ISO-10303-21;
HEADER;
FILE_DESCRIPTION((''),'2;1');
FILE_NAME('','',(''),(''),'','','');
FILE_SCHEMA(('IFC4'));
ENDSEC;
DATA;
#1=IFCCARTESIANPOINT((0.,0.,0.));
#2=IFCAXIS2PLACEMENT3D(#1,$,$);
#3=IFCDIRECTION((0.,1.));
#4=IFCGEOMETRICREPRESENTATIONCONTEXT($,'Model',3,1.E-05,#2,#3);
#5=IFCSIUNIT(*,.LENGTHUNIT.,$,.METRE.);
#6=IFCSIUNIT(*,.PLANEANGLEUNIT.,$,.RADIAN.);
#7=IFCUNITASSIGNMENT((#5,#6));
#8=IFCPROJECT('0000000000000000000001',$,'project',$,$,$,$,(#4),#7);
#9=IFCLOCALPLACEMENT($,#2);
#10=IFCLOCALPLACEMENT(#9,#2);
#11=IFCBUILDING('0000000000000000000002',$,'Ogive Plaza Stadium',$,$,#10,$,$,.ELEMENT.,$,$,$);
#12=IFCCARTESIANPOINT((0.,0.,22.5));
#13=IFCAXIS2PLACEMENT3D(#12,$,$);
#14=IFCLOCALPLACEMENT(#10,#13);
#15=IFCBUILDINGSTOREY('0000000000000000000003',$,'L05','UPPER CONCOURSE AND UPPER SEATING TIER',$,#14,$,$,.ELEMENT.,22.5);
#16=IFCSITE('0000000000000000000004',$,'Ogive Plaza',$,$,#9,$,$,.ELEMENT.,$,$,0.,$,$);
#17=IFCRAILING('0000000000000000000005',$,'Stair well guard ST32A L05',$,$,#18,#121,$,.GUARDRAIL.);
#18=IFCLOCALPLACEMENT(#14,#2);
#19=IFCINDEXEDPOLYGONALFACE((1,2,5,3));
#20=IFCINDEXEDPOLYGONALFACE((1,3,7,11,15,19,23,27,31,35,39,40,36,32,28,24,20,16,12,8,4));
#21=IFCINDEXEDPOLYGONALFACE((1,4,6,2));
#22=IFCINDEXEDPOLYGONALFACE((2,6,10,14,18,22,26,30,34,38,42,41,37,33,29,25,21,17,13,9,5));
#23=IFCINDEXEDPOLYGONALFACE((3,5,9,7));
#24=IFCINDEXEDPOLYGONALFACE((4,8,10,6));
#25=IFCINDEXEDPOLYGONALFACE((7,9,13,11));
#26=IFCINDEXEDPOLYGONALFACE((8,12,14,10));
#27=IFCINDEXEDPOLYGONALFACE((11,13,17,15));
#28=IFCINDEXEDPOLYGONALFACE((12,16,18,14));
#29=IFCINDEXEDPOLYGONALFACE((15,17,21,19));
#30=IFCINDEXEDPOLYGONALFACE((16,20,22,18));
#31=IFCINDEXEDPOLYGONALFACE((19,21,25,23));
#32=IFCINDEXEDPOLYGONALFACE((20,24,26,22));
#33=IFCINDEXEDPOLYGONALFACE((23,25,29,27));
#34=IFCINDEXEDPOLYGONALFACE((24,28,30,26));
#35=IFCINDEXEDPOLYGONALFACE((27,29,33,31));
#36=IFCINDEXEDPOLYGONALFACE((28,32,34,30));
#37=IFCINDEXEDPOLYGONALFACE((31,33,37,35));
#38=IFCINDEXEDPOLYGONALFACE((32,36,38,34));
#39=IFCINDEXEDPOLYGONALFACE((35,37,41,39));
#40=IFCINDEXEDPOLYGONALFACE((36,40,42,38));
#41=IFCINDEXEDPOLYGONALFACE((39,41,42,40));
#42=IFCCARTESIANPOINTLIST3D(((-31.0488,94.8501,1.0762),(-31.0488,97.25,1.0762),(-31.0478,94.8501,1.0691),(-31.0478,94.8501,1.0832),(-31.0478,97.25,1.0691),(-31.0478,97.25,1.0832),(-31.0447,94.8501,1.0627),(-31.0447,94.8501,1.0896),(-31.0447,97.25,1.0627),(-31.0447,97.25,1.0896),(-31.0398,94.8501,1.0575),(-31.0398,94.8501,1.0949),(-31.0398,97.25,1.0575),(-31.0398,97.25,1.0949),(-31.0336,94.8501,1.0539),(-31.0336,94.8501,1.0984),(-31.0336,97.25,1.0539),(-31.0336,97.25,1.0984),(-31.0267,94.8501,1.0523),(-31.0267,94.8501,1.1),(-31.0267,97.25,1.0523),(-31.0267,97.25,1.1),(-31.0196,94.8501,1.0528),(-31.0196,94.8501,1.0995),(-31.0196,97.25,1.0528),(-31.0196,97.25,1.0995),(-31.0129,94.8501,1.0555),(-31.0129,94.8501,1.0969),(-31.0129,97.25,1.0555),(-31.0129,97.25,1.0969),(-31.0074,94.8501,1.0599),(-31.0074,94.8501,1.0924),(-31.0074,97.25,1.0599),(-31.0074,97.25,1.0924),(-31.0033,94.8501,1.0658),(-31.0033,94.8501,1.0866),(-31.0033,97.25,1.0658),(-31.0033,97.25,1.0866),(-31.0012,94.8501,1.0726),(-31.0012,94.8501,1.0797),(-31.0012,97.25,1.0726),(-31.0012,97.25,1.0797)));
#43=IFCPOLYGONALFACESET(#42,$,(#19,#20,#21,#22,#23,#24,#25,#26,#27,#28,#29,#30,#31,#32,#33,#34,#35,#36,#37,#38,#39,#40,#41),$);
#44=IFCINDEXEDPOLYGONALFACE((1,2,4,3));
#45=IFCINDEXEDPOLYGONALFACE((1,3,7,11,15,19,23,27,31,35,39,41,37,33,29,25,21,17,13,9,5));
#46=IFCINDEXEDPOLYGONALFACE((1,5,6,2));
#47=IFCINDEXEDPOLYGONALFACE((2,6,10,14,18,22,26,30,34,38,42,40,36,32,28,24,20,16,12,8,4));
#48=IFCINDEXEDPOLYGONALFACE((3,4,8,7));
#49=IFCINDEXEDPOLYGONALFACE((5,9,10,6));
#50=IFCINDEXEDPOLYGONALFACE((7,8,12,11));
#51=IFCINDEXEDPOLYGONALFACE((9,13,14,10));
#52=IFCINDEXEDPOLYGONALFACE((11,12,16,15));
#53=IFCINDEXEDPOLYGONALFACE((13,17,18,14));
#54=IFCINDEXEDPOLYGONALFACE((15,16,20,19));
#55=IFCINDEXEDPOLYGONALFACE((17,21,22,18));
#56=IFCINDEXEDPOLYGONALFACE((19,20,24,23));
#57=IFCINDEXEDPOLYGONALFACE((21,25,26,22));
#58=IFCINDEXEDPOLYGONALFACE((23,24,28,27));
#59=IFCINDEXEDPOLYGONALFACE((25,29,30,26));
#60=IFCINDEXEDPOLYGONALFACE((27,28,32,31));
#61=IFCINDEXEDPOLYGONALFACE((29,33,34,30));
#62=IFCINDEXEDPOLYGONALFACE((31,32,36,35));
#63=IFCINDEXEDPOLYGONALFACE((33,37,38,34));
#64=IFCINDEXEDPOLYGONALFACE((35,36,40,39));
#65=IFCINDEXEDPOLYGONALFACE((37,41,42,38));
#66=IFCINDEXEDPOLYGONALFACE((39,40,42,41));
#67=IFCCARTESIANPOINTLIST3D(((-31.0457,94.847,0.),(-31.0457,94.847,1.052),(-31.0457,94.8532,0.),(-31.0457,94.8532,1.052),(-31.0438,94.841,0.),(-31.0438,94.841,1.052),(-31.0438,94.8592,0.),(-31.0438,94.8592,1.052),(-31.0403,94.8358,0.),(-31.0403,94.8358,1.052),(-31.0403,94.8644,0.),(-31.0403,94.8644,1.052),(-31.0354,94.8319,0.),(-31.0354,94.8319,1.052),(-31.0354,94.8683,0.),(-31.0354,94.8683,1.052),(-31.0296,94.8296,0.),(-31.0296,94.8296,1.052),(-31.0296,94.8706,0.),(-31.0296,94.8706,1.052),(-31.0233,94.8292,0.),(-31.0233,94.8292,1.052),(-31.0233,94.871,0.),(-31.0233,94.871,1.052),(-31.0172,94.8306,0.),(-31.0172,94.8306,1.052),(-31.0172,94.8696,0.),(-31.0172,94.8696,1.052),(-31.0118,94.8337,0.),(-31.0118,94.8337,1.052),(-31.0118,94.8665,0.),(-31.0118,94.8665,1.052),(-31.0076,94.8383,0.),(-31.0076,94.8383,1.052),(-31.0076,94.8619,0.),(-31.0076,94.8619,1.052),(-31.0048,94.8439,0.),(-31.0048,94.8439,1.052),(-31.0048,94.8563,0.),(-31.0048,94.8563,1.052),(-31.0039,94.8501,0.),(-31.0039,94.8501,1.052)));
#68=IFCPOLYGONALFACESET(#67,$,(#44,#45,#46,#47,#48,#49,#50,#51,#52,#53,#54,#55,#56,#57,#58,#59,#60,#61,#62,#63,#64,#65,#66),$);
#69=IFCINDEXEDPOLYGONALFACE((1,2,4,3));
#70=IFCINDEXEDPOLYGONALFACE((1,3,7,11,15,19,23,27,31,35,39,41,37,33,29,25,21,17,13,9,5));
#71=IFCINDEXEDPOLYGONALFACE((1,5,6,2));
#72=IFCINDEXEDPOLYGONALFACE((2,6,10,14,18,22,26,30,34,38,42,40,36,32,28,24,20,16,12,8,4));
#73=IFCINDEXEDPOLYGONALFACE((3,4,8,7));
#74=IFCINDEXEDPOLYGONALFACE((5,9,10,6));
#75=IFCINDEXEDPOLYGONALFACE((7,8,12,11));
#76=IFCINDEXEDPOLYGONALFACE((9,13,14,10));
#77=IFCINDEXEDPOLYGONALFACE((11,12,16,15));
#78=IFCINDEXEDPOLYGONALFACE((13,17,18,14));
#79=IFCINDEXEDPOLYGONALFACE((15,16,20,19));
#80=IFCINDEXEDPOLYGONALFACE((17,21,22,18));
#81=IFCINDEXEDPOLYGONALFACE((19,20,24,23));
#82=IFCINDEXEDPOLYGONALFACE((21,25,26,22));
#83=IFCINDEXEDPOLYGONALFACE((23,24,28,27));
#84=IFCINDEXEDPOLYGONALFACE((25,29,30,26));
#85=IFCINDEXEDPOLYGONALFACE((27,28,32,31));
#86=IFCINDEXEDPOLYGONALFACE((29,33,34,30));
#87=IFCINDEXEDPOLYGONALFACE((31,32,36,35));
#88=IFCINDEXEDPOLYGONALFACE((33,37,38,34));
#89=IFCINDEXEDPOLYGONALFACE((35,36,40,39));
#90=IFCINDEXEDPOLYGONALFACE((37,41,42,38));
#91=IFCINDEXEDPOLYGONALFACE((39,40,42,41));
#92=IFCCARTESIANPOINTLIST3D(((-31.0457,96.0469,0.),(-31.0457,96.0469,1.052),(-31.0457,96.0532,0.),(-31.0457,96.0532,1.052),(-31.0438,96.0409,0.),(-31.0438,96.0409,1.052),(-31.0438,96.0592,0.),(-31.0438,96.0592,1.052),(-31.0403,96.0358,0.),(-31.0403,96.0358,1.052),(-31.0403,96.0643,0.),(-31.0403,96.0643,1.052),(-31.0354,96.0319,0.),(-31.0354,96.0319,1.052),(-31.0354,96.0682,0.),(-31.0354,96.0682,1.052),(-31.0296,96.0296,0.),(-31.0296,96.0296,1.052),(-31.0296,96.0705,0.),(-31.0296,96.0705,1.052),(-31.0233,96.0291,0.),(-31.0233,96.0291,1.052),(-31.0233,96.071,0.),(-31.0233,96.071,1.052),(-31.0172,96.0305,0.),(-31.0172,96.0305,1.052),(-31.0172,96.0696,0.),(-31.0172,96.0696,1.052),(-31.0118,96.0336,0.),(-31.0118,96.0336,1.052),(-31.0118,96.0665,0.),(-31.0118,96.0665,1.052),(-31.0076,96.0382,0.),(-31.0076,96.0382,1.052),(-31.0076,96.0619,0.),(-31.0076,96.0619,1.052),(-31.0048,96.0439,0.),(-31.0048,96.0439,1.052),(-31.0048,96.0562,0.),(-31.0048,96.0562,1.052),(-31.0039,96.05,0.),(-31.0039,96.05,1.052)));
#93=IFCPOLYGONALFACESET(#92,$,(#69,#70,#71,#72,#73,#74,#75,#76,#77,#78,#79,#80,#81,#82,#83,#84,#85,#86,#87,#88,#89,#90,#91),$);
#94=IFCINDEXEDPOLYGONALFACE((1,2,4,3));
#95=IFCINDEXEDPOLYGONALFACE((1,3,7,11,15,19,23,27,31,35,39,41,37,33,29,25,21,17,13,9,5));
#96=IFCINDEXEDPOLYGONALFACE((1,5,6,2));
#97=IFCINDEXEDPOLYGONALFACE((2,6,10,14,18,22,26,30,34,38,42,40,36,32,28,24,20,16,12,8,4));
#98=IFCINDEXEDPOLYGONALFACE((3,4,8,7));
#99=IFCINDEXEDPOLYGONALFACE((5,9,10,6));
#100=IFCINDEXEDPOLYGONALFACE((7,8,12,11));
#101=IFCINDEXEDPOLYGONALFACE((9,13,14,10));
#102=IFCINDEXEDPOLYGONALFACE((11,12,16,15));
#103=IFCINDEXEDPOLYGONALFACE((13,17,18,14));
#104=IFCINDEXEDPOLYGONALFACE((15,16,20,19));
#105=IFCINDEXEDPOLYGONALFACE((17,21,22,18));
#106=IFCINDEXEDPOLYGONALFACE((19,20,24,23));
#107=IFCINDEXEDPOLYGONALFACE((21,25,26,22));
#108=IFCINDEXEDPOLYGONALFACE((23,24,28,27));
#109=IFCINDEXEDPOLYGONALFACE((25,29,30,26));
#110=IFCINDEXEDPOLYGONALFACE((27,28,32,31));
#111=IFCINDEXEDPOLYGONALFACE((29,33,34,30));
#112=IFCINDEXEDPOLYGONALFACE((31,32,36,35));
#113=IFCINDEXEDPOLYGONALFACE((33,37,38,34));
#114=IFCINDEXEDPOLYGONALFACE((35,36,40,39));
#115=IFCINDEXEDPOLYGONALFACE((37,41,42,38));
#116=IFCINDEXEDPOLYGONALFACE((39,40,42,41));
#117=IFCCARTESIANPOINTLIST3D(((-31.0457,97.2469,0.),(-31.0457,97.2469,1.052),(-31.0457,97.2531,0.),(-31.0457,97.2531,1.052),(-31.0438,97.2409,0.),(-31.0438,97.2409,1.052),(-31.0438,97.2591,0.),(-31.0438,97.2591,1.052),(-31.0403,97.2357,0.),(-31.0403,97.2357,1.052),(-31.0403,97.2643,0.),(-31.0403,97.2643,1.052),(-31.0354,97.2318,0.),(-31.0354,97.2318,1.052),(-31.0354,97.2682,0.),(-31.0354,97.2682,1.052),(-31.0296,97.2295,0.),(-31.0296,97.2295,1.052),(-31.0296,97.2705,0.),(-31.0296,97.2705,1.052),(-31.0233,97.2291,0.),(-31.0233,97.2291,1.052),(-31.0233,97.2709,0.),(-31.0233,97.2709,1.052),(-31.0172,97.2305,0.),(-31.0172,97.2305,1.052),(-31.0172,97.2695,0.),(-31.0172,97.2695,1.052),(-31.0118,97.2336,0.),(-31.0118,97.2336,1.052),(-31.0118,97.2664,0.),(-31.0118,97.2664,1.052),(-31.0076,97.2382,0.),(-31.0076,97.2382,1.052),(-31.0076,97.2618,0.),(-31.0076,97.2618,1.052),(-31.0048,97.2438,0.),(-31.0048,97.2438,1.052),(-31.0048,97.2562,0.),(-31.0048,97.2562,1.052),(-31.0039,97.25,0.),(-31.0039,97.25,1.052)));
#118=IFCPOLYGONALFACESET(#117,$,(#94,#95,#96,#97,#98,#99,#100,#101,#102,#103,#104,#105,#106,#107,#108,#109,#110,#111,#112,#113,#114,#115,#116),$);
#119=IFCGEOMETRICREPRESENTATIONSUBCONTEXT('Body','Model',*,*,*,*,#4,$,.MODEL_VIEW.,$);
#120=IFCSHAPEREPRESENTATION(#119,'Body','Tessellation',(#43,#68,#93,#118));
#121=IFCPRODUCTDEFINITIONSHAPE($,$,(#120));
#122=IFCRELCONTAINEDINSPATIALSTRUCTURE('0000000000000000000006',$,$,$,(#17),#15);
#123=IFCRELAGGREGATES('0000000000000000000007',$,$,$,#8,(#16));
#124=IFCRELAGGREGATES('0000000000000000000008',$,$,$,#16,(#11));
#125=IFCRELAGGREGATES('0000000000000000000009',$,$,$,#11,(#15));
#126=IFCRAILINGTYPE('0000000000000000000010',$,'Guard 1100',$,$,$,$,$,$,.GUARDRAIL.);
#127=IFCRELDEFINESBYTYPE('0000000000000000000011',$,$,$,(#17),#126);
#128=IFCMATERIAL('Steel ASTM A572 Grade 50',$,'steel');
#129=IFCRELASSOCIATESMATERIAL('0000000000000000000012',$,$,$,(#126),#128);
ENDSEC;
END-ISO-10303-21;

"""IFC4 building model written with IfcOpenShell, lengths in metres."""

from ifc_helpers import new_model, si_unit, direction, frame, origin, origin_2d, place, context, subcontext, project, spatial, circle, extrude, material, type_object, element, save


model = new_model("IFC4")

# Units and contexts
model_context = context("Model", 3, precision=1e-05, world=origin(), true_north=direction((0.0, 1.0)))
body_context = subcontext(model_context, "Body", "Model", "MODEL_VIEW")
ifc_project = project(units=[si_unit("LENGTHUNIT", "METRE"), si_unit("PLANEANGLEUNIT", "RADIAN")], contexts=[model_context])

# Site, building, storey
site_placement = place(None, origin())
site = spatial("IfcSite", under=ifc_project, at=site_placement, Name="Ogive Plaza", CompositionType="ELEMENT", RefElevation=0.0)
building_placement = place(site_placement, origin())
building = spatial("IfcBuilding", under=site, at=building_placement, Name="Ogive Plaza Stadium", CompositionType="ELEMENT")
storey_placement = place(building_placement, frame((0.0, 0.0, 22.5)))
storey = spatial("IfcBuildingStorey", under=building, at=storey_placement, Name="L05", Description="UPPER CONCOURSE AND UPPER SEATING TIER", CompositionType="ELEMENT", Elevation=22.5)

# Railing
ifc_material_1 = material(Name="Steel ASTM A572 Grade 50", Category="steel")
railing_type = type_object("IfcRailingType", Name="Guard 1100", PredefinedType="GUARDRAIL", material=ifc_material_1)
railing_1_placement = place(storey_placement, frame((-31.0249, 94.8501, 0.0)))
element("IfcRailing", 1, at=railing_1_placement, inside=storey, type_object=railing_type, Name="Stair well guard ST32A L05", PredefinedType="GUARDRAIL", context=body_context, shape_type="SweptSolid", body=[
    extrude(circle(Radius=0.0239, at=origin_2d()), frame((0.0, 0.0, 1.0762), z_axis=(0.0, 1.0, 0.0), x_axis=(-1.0, 0.0, 0.0)), (0.0, 0.0, 1.0), 2.3999),
    extrude(circle(Radius=0.021, at=origin_2d()), origin(), (0.0, 0.0, 1.0), 1.052),
    extrude(circle(Radius=0.021, at=origin_2d()), frame((0.0, 1.2, 0.0)), (0.0, 0.0, 1.0), 1.052),
    extrude(circle(Radius=0.021, at=origin_2d()), frame((0.0, 2.3999, 0.0)), (0.0, 0.0, 1.0), 1.052),
])

save(model, "model.ifc")
